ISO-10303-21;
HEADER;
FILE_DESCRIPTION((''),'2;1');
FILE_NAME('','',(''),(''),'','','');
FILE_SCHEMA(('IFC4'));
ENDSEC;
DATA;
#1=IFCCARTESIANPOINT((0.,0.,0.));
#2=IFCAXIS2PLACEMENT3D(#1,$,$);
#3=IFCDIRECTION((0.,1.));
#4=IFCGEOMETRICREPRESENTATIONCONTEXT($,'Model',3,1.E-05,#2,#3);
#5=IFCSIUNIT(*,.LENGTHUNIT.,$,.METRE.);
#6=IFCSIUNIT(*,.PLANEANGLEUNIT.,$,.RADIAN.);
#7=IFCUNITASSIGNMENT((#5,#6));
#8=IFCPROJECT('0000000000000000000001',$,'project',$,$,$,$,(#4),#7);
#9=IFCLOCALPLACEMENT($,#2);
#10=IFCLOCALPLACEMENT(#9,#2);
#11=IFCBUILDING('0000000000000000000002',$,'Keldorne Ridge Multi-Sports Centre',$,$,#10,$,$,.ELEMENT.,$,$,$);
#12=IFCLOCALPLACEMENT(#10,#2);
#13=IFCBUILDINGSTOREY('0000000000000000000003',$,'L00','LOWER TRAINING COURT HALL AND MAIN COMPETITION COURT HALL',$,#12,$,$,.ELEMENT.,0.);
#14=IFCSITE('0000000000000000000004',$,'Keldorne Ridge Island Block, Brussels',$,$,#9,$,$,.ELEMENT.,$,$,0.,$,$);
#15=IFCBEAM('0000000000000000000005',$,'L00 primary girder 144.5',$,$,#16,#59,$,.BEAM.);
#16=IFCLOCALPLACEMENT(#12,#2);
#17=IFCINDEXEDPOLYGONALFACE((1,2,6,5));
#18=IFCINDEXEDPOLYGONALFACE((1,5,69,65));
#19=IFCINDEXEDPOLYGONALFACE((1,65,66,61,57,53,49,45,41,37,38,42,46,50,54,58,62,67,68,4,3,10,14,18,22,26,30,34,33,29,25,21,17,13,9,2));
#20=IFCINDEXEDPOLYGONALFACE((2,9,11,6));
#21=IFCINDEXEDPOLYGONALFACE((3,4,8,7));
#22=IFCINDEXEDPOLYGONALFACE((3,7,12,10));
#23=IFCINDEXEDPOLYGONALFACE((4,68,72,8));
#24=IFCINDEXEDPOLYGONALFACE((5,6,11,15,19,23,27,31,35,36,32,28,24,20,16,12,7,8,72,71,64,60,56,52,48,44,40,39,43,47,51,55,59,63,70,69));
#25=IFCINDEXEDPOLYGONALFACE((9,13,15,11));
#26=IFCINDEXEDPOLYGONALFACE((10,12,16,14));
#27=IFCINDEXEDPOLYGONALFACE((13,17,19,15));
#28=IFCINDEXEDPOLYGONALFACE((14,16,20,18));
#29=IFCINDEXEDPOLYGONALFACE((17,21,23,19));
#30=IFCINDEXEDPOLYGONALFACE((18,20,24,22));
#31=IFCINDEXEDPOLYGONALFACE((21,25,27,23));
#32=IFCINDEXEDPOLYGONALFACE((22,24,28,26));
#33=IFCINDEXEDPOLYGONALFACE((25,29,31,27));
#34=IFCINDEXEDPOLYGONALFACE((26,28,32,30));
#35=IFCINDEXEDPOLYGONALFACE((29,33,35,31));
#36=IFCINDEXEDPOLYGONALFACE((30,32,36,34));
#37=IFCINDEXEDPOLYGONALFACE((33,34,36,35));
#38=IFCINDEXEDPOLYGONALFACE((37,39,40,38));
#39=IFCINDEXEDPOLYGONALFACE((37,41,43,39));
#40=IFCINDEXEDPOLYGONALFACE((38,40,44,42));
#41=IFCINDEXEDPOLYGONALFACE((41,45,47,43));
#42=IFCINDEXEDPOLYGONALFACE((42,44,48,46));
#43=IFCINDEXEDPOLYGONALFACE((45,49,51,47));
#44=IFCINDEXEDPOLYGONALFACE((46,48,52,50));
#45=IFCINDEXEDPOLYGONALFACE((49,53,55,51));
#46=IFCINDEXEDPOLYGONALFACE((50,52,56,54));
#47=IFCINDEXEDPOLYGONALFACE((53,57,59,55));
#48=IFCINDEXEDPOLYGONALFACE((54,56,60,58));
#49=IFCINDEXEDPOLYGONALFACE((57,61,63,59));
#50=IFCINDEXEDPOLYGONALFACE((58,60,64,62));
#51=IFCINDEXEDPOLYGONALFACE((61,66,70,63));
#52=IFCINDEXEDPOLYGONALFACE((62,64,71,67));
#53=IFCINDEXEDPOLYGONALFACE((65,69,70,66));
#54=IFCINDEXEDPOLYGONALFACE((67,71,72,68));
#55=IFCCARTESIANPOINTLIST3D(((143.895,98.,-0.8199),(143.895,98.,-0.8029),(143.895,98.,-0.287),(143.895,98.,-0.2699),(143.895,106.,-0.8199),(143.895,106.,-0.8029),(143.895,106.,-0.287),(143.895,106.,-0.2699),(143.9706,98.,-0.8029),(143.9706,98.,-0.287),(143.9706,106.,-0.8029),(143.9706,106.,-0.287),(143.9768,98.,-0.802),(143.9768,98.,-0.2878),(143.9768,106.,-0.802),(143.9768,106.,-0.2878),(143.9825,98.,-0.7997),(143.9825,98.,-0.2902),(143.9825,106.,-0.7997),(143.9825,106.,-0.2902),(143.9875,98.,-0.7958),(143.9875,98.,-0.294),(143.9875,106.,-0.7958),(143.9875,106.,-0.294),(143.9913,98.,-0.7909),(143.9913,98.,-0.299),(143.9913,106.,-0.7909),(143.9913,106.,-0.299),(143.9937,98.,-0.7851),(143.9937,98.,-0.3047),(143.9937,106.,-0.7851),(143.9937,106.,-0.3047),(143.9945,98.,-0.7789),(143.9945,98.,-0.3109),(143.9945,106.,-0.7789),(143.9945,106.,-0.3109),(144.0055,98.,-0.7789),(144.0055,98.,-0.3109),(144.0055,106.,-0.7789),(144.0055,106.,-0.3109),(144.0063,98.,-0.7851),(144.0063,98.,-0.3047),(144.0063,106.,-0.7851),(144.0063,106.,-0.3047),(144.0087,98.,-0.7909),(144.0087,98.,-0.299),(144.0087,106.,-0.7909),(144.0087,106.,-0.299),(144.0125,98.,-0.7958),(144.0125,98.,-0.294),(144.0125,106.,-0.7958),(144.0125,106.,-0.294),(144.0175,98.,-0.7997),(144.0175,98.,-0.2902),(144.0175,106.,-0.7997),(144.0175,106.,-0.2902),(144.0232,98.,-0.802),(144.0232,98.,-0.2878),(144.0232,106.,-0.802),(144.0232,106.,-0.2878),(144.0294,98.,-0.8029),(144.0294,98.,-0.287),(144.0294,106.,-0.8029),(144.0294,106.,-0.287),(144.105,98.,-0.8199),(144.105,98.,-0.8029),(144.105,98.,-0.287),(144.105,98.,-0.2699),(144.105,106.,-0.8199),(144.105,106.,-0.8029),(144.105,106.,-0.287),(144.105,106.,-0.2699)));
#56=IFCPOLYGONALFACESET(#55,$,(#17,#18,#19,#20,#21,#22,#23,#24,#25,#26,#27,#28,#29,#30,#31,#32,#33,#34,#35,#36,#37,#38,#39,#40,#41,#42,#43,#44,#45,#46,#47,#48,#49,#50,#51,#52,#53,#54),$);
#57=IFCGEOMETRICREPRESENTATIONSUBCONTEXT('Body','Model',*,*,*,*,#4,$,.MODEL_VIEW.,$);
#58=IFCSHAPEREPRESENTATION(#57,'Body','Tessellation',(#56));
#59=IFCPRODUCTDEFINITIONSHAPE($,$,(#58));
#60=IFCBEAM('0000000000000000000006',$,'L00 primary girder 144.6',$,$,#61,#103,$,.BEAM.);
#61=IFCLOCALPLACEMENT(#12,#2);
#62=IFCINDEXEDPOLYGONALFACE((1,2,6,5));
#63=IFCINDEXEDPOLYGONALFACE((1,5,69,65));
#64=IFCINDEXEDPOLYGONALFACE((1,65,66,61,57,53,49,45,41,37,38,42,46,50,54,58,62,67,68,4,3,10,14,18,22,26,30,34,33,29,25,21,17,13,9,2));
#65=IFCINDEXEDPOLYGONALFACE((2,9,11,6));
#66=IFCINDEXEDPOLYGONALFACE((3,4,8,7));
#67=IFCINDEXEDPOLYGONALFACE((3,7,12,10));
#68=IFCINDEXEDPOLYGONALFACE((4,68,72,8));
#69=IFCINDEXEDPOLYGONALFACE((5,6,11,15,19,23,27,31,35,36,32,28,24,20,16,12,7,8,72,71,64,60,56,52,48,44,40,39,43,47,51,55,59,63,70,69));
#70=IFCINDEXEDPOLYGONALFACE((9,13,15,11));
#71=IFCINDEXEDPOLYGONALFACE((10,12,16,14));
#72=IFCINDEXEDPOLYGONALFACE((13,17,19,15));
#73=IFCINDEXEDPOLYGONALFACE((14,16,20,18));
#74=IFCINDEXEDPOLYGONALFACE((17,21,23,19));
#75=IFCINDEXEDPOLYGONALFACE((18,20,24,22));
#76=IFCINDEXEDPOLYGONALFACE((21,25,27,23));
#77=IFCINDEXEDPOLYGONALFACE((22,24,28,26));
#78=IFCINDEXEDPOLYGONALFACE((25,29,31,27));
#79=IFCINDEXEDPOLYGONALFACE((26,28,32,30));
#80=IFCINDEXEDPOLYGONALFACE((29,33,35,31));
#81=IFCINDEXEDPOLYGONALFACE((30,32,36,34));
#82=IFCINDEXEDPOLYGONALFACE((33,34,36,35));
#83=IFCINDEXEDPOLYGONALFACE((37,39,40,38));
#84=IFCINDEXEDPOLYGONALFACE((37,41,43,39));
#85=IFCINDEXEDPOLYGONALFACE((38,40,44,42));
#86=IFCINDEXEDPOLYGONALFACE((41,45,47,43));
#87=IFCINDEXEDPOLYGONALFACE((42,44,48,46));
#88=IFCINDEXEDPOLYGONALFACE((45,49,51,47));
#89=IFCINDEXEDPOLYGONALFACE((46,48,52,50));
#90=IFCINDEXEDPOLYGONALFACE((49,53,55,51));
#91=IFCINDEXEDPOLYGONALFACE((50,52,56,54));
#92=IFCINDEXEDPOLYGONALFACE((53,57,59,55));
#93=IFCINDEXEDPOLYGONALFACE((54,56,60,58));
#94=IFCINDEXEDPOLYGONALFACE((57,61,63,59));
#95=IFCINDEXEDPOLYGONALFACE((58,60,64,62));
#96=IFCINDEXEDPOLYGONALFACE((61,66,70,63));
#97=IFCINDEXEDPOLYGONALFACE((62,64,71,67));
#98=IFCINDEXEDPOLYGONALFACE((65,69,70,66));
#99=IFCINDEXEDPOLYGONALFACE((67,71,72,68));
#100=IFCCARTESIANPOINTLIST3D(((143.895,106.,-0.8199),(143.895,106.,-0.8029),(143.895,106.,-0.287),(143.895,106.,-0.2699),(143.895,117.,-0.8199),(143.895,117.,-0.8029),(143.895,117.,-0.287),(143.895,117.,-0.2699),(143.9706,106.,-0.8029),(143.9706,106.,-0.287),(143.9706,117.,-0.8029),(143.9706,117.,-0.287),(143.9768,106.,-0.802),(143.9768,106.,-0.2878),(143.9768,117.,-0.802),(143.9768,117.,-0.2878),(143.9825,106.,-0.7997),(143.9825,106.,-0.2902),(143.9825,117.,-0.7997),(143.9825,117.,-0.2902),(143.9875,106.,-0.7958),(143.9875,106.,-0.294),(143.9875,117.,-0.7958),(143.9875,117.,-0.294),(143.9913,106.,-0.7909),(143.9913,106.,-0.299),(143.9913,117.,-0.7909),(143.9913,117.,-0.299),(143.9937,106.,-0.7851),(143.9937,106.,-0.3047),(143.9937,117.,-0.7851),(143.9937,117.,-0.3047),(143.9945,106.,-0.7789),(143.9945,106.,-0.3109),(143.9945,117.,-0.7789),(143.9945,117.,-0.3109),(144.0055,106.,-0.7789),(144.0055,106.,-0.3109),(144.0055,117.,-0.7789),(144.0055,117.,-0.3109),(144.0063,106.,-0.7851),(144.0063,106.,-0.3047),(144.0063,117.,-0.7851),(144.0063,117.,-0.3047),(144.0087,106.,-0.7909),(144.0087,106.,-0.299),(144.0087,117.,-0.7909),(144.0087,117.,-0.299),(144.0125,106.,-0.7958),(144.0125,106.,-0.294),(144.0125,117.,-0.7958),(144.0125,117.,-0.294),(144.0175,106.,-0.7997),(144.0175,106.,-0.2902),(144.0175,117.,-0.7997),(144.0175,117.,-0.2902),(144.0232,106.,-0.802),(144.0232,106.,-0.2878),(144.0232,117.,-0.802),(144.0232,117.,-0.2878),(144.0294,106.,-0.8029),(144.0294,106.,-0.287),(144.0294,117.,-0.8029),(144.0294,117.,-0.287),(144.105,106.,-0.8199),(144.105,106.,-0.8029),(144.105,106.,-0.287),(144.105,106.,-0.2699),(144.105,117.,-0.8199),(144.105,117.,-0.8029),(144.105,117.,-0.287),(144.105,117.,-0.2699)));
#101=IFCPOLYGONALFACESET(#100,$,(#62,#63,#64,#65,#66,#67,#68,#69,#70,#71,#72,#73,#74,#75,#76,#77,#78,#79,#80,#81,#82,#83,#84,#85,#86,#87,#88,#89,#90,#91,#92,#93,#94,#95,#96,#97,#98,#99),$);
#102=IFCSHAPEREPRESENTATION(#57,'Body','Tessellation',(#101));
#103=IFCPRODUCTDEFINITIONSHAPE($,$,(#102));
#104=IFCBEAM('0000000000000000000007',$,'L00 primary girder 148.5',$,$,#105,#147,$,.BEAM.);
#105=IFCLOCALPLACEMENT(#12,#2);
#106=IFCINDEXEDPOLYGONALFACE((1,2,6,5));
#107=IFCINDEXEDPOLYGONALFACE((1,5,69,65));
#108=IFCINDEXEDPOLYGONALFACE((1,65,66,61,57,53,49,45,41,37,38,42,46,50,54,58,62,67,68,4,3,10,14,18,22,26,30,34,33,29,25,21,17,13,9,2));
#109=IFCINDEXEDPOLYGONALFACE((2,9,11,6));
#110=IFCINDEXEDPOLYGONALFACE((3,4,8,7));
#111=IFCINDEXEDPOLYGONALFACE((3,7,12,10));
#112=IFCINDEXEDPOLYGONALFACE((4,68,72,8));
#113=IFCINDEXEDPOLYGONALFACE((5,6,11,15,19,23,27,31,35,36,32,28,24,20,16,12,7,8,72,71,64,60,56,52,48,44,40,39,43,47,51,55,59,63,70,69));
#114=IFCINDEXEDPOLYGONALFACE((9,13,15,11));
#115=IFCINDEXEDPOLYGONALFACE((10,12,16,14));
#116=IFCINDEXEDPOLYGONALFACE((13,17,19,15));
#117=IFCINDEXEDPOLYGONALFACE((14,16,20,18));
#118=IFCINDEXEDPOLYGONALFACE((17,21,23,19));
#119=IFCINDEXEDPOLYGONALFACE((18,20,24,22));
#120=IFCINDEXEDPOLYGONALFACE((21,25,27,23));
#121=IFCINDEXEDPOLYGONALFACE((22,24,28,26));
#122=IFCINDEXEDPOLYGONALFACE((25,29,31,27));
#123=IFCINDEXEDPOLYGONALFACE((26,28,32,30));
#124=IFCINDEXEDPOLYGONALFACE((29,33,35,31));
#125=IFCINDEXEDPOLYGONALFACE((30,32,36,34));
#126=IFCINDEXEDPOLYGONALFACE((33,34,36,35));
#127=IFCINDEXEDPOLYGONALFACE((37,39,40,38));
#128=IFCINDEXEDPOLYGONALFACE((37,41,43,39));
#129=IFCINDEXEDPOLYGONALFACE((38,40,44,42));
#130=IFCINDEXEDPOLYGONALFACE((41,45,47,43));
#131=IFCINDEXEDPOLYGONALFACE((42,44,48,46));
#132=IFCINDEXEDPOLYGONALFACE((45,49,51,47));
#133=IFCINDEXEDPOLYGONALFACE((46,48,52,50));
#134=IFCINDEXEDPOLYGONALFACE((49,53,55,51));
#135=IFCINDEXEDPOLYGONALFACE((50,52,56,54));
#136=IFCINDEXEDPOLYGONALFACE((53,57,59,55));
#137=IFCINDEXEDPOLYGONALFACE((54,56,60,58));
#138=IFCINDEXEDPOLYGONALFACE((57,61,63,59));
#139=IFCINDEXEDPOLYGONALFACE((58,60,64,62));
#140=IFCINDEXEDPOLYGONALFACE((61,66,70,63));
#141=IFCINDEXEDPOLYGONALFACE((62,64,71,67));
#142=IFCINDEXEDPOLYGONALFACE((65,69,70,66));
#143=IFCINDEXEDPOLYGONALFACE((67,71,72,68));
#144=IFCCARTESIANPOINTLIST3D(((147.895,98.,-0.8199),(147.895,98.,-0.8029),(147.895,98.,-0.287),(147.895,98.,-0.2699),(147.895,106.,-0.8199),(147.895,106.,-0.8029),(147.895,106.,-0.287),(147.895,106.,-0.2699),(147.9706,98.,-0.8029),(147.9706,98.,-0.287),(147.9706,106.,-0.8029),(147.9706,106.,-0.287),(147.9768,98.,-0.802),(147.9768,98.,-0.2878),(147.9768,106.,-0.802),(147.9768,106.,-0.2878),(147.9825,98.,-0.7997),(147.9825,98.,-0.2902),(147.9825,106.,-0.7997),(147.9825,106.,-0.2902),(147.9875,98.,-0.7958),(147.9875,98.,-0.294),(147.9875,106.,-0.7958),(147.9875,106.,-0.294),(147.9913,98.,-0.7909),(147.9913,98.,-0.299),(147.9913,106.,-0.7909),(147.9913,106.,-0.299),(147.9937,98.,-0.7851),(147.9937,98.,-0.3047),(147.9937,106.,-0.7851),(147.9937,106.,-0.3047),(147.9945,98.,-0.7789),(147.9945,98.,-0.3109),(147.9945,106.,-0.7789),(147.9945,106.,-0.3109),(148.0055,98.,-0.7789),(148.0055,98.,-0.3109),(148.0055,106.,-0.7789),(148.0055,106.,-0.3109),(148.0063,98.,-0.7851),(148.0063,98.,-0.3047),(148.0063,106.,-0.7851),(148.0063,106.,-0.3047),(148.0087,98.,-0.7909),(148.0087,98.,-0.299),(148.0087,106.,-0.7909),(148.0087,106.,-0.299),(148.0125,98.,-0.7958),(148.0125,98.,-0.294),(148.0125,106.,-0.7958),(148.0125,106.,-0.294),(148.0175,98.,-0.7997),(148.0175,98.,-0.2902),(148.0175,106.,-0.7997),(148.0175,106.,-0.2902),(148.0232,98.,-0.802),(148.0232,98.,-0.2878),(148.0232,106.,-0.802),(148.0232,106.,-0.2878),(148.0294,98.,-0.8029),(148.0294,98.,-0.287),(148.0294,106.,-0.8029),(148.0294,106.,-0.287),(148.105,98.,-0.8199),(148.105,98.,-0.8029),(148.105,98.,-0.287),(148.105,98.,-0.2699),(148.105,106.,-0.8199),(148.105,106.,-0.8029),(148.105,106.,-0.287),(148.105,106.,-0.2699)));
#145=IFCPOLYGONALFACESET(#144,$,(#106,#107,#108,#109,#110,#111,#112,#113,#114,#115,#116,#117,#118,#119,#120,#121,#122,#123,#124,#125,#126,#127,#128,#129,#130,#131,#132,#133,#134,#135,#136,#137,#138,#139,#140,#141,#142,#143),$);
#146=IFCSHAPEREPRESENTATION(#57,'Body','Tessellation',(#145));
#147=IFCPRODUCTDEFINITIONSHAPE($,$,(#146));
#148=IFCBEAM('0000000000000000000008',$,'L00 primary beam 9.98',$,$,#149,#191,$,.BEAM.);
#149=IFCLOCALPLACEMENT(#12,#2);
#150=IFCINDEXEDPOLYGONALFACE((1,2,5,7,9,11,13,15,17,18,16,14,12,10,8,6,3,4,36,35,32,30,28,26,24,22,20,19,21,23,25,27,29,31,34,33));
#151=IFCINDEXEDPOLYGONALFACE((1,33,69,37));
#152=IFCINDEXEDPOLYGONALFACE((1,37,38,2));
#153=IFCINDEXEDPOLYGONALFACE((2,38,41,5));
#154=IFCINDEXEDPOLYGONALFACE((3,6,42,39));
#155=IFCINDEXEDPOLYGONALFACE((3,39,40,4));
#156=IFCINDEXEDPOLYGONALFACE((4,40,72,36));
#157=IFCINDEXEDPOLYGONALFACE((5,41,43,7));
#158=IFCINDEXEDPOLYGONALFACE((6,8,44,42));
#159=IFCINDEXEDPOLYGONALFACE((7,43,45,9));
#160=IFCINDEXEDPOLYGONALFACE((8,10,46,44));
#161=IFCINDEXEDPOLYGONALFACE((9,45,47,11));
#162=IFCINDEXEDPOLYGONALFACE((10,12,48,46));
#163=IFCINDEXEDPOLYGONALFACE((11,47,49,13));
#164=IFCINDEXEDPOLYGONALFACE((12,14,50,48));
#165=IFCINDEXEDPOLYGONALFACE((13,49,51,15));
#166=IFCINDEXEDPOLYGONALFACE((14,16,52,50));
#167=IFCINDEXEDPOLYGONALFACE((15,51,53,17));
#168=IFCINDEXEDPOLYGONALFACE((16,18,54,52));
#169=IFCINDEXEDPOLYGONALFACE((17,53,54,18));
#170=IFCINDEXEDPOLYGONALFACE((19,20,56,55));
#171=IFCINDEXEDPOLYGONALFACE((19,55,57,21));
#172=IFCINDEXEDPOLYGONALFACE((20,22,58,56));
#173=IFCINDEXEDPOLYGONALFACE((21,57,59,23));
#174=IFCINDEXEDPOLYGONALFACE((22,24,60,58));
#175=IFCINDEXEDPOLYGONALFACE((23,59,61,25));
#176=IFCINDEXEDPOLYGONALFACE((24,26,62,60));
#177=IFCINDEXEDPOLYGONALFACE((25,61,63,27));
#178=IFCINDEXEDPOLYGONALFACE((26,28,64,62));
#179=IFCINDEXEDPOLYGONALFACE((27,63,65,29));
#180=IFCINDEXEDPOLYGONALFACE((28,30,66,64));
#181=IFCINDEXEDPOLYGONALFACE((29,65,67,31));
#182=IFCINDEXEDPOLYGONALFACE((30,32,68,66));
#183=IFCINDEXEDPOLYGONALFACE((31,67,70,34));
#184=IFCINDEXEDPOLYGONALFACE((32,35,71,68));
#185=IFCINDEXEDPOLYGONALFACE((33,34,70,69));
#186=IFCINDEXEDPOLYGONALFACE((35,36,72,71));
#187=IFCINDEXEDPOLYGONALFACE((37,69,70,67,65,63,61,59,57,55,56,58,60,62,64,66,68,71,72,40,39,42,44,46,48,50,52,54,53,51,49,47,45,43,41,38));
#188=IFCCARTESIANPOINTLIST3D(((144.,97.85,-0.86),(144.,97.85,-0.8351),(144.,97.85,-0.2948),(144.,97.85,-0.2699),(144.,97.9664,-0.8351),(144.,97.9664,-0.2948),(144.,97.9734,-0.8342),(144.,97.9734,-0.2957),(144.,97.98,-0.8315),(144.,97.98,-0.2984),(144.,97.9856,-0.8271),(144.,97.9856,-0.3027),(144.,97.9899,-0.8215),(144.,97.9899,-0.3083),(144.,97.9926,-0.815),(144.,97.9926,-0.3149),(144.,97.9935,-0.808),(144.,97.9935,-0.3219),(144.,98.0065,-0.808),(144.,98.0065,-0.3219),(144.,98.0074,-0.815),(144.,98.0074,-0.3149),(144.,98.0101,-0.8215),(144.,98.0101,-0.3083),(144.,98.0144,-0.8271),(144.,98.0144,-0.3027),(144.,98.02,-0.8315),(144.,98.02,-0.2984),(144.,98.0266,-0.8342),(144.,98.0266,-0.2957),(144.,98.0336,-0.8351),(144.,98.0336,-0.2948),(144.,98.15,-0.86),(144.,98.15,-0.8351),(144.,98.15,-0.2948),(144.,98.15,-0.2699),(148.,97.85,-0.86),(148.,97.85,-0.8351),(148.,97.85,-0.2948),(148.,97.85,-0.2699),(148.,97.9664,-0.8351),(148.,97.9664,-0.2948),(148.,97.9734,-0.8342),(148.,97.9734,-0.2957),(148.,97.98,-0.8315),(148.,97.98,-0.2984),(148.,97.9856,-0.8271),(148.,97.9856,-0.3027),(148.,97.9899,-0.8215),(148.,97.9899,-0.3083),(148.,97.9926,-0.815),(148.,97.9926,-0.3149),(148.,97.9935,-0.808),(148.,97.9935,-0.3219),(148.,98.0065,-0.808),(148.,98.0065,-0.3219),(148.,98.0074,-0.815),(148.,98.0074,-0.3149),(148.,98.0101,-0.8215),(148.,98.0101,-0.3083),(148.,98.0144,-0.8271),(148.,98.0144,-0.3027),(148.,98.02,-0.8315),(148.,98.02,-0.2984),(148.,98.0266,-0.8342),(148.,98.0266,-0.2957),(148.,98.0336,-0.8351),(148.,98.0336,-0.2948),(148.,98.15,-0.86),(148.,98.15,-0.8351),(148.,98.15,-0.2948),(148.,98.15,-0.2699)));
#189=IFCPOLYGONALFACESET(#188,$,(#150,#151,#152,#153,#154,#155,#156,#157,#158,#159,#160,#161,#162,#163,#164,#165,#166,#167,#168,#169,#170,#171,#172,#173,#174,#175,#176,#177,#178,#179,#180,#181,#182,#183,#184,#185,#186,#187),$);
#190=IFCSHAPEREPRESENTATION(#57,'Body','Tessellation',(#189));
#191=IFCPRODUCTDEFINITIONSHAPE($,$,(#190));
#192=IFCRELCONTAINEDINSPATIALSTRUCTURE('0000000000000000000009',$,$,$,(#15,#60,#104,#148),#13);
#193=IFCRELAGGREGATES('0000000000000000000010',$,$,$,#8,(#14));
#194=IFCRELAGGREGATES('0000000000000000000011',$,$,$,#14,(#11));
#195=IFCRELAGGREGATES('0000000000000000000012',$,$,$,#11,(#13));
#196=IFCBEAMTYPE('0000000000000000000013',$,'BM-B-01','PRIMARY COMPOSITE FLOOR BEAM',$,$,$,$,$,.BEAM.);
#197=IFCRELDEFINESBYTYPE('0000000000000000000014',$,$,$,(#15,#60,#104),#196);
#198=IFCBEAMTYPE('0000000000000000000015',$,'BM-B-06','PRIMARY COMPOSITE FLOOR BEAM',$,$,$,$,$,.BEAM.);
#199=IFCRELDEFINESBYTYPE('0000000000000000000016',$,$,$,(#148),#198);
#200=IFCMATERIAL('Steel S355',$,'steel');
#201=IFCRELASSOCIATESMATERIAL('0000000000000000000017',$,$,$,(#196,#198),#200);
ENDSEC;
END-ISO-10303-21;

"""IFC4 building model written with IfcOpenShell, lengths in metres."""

from ifc_helpers import new_model, si_unit, direction, frame, origin, origin_2d, place, context, subcontext, project, spatial, i_section, extrude, material, material_profile, profile_set, type_object, element, save


model = new_model("IFC4")

# Units and contexts
model_context = context("Model", 3, precision=1e-05, world=origin(), true_north=direction((0.0, 1.0)))
body_context = subcontext(model_context, "Body", "Model", "MODEL_VIEW")
ifc_project = project(units=[si_unit("LENGTHUNIT", "METRE"), si_unit("PLANEANGLEUNIT", "RADIAN")], contexts=[model_context])

# Site, building, storey
site_placement = place(None, origin())
site = spatial("IfcSite", under=ifc_project, at=site_placement, Name="Keldorne Ridge Island Block, Brussels", CompositionType="ELEMENT", RefElevation=0.0)
building_placement = place(site_placement, origin())
building = spatial("IfcBuilding", under=site, at=building_placement, Name="Keldorne Ridge Multi-Sports Centre", CompositionType="ELEMENT")
storey_placement = place(building_placement, origin())
storey = spatial("IfcBuildingStorey", under=building, at=storey_placement, Name="L00", Description="LOWER TRAINING COURT HALL AND MAIN COMPETITION COURT HALL", CompositionType="ELEMENT", Elevation=0.0)

# Shared definitions
ifc_material_1 = material(Name="Steel S355", Category="steel")

# Beams
ifc_material_profile_1 = material_profile(ifc_material_1, i_section(OverallWidth=0.21, OverallDepth=0.55, WebThickness=0.011, FlangeThickness=0.0171, FilletRadius=0.0239, at=origin_2d()), Name="IPE 550")
ifc_profile_set_1 = profile_set([ifc_material_profile_1], Name="Steel S355")
beam_type_1 = type_object("IfcBeamType", Name="BM-B-01", Description="PRIMARY COMPOSITE FLOOR BEAM", PredefinedType="BEAM", material=ifc_profile_set_1)
beam_1_placement = place(storey_placement, frame((144.0, 98.0, -0.5449), z_axis=(0.0, 1.0, 0.0), x_axis=(-1.0, 0.0, 0.0)))
element("IfcBeam", 1, at=beam_1_placement, inside=storey, type_object=beam_type_1, Name="L00 primary girder 144.5", PredefinedType="BEAM", context=body_context, shape_type="SweptSolid", body=[
    extrude(i_section(OverallWidth=0.21, OverallDepth=0.55, WebThickness=0.011, FlangeThickness=0.0171, FilletRadius=0.0239, at=origin_2d()), origin(), (0.0, 0.0, 1.0), 8.0),
])
beam_2_placement = place(storey_placement, frame((144.0, 106.0, -0.5449), z_axis=(0.0, 1.0, 0.0), x_axis=(-1.0, 0.0, 0.0)))
element("IfcBeam", 2, at=beam_2_placement, inside=storey, type_object=beam_type_1, Name="L00 primary girder 144.6", PredefinedType="BEAM", context=body_context, shape_type="SweptSolid", body=[
    extrude(i_section(OverallWidth=0.21, OverallDepth=0.55, WebThickness=0.011, FlangeThickness=0.0171, FilletRadius=0.0239, at=origin_2d()), origin(), (0.0, 0.0, 1.0), 11.0),
])
beam_3_placement = place(storey_placement, frame((148.0, 98.0, -0.5449), z_axis=(0.0, 1.0, 0.0), x_axis=(-1.0, 0.0, 0.0)))
element("IfcBeam", 3, at=beam_3_placement, inside=storey, type_object=beam_type_1, Name="L00 primary girder 148.5", PredefinedType="BEAM", context=body_context, shape_type="SweptSolid", body=[
    extrude(i_section(OverallWidth=0.21, OverallDepth=0.55, WebThickness=0.011, FlangeThickness=0.0171, FilletRadius=0.0239, at=origin_2d()), origin(), (0.0, 0.0, 1.0), 8.0),
])
ifc_material_profile_2 = material_profile(ifc_material_1, i_section(OverallWidth=0.3, OverallDepth=0.5901, WebThickness=0.0129, FlangeThickness=0.0249, FilletRadius=0.0271, at=origin_2d()), Name="HEA 600")
ifc_profile_set_2 = profile_set([ifc_material_profile_2], Name="Steel S355")
beam_type_2 = type_object("IfcBeamType", Name="BM-B-06", Description="PRIMARY COMPOSITE FLOOR BEAM", PredefinedType="BEAM", material=ifc_profile_set_2)
for number, where, z_axis, x_axis, name in (
    (4, (144.0, 98.0, -0.5649), (1.0, 0.0, 0.0), (0.0, 1.0, 0.0), "L00 primary beam 9.98"),
):
    element("IfcBeam", number, at=place(storey_placement, frame(where, z_axis=z_axis, x_axis=x_axis)), inside=storey, type_object=beam_type_2, Name=name, PredefinedType="BEAM", context=body_context, shape_type="SweptSolid", body=[
        extrude(i_section(OverallWidth=0.3, OverallDepth=0.5901, WebThickness=0.0129, FlangeThickness=0.0249, FilletRadius=0.0271, at=origin_2d()), origin(), (0.0, 0.0, 1.0), 4.0),
    ])

save(model, "model.ifc")
